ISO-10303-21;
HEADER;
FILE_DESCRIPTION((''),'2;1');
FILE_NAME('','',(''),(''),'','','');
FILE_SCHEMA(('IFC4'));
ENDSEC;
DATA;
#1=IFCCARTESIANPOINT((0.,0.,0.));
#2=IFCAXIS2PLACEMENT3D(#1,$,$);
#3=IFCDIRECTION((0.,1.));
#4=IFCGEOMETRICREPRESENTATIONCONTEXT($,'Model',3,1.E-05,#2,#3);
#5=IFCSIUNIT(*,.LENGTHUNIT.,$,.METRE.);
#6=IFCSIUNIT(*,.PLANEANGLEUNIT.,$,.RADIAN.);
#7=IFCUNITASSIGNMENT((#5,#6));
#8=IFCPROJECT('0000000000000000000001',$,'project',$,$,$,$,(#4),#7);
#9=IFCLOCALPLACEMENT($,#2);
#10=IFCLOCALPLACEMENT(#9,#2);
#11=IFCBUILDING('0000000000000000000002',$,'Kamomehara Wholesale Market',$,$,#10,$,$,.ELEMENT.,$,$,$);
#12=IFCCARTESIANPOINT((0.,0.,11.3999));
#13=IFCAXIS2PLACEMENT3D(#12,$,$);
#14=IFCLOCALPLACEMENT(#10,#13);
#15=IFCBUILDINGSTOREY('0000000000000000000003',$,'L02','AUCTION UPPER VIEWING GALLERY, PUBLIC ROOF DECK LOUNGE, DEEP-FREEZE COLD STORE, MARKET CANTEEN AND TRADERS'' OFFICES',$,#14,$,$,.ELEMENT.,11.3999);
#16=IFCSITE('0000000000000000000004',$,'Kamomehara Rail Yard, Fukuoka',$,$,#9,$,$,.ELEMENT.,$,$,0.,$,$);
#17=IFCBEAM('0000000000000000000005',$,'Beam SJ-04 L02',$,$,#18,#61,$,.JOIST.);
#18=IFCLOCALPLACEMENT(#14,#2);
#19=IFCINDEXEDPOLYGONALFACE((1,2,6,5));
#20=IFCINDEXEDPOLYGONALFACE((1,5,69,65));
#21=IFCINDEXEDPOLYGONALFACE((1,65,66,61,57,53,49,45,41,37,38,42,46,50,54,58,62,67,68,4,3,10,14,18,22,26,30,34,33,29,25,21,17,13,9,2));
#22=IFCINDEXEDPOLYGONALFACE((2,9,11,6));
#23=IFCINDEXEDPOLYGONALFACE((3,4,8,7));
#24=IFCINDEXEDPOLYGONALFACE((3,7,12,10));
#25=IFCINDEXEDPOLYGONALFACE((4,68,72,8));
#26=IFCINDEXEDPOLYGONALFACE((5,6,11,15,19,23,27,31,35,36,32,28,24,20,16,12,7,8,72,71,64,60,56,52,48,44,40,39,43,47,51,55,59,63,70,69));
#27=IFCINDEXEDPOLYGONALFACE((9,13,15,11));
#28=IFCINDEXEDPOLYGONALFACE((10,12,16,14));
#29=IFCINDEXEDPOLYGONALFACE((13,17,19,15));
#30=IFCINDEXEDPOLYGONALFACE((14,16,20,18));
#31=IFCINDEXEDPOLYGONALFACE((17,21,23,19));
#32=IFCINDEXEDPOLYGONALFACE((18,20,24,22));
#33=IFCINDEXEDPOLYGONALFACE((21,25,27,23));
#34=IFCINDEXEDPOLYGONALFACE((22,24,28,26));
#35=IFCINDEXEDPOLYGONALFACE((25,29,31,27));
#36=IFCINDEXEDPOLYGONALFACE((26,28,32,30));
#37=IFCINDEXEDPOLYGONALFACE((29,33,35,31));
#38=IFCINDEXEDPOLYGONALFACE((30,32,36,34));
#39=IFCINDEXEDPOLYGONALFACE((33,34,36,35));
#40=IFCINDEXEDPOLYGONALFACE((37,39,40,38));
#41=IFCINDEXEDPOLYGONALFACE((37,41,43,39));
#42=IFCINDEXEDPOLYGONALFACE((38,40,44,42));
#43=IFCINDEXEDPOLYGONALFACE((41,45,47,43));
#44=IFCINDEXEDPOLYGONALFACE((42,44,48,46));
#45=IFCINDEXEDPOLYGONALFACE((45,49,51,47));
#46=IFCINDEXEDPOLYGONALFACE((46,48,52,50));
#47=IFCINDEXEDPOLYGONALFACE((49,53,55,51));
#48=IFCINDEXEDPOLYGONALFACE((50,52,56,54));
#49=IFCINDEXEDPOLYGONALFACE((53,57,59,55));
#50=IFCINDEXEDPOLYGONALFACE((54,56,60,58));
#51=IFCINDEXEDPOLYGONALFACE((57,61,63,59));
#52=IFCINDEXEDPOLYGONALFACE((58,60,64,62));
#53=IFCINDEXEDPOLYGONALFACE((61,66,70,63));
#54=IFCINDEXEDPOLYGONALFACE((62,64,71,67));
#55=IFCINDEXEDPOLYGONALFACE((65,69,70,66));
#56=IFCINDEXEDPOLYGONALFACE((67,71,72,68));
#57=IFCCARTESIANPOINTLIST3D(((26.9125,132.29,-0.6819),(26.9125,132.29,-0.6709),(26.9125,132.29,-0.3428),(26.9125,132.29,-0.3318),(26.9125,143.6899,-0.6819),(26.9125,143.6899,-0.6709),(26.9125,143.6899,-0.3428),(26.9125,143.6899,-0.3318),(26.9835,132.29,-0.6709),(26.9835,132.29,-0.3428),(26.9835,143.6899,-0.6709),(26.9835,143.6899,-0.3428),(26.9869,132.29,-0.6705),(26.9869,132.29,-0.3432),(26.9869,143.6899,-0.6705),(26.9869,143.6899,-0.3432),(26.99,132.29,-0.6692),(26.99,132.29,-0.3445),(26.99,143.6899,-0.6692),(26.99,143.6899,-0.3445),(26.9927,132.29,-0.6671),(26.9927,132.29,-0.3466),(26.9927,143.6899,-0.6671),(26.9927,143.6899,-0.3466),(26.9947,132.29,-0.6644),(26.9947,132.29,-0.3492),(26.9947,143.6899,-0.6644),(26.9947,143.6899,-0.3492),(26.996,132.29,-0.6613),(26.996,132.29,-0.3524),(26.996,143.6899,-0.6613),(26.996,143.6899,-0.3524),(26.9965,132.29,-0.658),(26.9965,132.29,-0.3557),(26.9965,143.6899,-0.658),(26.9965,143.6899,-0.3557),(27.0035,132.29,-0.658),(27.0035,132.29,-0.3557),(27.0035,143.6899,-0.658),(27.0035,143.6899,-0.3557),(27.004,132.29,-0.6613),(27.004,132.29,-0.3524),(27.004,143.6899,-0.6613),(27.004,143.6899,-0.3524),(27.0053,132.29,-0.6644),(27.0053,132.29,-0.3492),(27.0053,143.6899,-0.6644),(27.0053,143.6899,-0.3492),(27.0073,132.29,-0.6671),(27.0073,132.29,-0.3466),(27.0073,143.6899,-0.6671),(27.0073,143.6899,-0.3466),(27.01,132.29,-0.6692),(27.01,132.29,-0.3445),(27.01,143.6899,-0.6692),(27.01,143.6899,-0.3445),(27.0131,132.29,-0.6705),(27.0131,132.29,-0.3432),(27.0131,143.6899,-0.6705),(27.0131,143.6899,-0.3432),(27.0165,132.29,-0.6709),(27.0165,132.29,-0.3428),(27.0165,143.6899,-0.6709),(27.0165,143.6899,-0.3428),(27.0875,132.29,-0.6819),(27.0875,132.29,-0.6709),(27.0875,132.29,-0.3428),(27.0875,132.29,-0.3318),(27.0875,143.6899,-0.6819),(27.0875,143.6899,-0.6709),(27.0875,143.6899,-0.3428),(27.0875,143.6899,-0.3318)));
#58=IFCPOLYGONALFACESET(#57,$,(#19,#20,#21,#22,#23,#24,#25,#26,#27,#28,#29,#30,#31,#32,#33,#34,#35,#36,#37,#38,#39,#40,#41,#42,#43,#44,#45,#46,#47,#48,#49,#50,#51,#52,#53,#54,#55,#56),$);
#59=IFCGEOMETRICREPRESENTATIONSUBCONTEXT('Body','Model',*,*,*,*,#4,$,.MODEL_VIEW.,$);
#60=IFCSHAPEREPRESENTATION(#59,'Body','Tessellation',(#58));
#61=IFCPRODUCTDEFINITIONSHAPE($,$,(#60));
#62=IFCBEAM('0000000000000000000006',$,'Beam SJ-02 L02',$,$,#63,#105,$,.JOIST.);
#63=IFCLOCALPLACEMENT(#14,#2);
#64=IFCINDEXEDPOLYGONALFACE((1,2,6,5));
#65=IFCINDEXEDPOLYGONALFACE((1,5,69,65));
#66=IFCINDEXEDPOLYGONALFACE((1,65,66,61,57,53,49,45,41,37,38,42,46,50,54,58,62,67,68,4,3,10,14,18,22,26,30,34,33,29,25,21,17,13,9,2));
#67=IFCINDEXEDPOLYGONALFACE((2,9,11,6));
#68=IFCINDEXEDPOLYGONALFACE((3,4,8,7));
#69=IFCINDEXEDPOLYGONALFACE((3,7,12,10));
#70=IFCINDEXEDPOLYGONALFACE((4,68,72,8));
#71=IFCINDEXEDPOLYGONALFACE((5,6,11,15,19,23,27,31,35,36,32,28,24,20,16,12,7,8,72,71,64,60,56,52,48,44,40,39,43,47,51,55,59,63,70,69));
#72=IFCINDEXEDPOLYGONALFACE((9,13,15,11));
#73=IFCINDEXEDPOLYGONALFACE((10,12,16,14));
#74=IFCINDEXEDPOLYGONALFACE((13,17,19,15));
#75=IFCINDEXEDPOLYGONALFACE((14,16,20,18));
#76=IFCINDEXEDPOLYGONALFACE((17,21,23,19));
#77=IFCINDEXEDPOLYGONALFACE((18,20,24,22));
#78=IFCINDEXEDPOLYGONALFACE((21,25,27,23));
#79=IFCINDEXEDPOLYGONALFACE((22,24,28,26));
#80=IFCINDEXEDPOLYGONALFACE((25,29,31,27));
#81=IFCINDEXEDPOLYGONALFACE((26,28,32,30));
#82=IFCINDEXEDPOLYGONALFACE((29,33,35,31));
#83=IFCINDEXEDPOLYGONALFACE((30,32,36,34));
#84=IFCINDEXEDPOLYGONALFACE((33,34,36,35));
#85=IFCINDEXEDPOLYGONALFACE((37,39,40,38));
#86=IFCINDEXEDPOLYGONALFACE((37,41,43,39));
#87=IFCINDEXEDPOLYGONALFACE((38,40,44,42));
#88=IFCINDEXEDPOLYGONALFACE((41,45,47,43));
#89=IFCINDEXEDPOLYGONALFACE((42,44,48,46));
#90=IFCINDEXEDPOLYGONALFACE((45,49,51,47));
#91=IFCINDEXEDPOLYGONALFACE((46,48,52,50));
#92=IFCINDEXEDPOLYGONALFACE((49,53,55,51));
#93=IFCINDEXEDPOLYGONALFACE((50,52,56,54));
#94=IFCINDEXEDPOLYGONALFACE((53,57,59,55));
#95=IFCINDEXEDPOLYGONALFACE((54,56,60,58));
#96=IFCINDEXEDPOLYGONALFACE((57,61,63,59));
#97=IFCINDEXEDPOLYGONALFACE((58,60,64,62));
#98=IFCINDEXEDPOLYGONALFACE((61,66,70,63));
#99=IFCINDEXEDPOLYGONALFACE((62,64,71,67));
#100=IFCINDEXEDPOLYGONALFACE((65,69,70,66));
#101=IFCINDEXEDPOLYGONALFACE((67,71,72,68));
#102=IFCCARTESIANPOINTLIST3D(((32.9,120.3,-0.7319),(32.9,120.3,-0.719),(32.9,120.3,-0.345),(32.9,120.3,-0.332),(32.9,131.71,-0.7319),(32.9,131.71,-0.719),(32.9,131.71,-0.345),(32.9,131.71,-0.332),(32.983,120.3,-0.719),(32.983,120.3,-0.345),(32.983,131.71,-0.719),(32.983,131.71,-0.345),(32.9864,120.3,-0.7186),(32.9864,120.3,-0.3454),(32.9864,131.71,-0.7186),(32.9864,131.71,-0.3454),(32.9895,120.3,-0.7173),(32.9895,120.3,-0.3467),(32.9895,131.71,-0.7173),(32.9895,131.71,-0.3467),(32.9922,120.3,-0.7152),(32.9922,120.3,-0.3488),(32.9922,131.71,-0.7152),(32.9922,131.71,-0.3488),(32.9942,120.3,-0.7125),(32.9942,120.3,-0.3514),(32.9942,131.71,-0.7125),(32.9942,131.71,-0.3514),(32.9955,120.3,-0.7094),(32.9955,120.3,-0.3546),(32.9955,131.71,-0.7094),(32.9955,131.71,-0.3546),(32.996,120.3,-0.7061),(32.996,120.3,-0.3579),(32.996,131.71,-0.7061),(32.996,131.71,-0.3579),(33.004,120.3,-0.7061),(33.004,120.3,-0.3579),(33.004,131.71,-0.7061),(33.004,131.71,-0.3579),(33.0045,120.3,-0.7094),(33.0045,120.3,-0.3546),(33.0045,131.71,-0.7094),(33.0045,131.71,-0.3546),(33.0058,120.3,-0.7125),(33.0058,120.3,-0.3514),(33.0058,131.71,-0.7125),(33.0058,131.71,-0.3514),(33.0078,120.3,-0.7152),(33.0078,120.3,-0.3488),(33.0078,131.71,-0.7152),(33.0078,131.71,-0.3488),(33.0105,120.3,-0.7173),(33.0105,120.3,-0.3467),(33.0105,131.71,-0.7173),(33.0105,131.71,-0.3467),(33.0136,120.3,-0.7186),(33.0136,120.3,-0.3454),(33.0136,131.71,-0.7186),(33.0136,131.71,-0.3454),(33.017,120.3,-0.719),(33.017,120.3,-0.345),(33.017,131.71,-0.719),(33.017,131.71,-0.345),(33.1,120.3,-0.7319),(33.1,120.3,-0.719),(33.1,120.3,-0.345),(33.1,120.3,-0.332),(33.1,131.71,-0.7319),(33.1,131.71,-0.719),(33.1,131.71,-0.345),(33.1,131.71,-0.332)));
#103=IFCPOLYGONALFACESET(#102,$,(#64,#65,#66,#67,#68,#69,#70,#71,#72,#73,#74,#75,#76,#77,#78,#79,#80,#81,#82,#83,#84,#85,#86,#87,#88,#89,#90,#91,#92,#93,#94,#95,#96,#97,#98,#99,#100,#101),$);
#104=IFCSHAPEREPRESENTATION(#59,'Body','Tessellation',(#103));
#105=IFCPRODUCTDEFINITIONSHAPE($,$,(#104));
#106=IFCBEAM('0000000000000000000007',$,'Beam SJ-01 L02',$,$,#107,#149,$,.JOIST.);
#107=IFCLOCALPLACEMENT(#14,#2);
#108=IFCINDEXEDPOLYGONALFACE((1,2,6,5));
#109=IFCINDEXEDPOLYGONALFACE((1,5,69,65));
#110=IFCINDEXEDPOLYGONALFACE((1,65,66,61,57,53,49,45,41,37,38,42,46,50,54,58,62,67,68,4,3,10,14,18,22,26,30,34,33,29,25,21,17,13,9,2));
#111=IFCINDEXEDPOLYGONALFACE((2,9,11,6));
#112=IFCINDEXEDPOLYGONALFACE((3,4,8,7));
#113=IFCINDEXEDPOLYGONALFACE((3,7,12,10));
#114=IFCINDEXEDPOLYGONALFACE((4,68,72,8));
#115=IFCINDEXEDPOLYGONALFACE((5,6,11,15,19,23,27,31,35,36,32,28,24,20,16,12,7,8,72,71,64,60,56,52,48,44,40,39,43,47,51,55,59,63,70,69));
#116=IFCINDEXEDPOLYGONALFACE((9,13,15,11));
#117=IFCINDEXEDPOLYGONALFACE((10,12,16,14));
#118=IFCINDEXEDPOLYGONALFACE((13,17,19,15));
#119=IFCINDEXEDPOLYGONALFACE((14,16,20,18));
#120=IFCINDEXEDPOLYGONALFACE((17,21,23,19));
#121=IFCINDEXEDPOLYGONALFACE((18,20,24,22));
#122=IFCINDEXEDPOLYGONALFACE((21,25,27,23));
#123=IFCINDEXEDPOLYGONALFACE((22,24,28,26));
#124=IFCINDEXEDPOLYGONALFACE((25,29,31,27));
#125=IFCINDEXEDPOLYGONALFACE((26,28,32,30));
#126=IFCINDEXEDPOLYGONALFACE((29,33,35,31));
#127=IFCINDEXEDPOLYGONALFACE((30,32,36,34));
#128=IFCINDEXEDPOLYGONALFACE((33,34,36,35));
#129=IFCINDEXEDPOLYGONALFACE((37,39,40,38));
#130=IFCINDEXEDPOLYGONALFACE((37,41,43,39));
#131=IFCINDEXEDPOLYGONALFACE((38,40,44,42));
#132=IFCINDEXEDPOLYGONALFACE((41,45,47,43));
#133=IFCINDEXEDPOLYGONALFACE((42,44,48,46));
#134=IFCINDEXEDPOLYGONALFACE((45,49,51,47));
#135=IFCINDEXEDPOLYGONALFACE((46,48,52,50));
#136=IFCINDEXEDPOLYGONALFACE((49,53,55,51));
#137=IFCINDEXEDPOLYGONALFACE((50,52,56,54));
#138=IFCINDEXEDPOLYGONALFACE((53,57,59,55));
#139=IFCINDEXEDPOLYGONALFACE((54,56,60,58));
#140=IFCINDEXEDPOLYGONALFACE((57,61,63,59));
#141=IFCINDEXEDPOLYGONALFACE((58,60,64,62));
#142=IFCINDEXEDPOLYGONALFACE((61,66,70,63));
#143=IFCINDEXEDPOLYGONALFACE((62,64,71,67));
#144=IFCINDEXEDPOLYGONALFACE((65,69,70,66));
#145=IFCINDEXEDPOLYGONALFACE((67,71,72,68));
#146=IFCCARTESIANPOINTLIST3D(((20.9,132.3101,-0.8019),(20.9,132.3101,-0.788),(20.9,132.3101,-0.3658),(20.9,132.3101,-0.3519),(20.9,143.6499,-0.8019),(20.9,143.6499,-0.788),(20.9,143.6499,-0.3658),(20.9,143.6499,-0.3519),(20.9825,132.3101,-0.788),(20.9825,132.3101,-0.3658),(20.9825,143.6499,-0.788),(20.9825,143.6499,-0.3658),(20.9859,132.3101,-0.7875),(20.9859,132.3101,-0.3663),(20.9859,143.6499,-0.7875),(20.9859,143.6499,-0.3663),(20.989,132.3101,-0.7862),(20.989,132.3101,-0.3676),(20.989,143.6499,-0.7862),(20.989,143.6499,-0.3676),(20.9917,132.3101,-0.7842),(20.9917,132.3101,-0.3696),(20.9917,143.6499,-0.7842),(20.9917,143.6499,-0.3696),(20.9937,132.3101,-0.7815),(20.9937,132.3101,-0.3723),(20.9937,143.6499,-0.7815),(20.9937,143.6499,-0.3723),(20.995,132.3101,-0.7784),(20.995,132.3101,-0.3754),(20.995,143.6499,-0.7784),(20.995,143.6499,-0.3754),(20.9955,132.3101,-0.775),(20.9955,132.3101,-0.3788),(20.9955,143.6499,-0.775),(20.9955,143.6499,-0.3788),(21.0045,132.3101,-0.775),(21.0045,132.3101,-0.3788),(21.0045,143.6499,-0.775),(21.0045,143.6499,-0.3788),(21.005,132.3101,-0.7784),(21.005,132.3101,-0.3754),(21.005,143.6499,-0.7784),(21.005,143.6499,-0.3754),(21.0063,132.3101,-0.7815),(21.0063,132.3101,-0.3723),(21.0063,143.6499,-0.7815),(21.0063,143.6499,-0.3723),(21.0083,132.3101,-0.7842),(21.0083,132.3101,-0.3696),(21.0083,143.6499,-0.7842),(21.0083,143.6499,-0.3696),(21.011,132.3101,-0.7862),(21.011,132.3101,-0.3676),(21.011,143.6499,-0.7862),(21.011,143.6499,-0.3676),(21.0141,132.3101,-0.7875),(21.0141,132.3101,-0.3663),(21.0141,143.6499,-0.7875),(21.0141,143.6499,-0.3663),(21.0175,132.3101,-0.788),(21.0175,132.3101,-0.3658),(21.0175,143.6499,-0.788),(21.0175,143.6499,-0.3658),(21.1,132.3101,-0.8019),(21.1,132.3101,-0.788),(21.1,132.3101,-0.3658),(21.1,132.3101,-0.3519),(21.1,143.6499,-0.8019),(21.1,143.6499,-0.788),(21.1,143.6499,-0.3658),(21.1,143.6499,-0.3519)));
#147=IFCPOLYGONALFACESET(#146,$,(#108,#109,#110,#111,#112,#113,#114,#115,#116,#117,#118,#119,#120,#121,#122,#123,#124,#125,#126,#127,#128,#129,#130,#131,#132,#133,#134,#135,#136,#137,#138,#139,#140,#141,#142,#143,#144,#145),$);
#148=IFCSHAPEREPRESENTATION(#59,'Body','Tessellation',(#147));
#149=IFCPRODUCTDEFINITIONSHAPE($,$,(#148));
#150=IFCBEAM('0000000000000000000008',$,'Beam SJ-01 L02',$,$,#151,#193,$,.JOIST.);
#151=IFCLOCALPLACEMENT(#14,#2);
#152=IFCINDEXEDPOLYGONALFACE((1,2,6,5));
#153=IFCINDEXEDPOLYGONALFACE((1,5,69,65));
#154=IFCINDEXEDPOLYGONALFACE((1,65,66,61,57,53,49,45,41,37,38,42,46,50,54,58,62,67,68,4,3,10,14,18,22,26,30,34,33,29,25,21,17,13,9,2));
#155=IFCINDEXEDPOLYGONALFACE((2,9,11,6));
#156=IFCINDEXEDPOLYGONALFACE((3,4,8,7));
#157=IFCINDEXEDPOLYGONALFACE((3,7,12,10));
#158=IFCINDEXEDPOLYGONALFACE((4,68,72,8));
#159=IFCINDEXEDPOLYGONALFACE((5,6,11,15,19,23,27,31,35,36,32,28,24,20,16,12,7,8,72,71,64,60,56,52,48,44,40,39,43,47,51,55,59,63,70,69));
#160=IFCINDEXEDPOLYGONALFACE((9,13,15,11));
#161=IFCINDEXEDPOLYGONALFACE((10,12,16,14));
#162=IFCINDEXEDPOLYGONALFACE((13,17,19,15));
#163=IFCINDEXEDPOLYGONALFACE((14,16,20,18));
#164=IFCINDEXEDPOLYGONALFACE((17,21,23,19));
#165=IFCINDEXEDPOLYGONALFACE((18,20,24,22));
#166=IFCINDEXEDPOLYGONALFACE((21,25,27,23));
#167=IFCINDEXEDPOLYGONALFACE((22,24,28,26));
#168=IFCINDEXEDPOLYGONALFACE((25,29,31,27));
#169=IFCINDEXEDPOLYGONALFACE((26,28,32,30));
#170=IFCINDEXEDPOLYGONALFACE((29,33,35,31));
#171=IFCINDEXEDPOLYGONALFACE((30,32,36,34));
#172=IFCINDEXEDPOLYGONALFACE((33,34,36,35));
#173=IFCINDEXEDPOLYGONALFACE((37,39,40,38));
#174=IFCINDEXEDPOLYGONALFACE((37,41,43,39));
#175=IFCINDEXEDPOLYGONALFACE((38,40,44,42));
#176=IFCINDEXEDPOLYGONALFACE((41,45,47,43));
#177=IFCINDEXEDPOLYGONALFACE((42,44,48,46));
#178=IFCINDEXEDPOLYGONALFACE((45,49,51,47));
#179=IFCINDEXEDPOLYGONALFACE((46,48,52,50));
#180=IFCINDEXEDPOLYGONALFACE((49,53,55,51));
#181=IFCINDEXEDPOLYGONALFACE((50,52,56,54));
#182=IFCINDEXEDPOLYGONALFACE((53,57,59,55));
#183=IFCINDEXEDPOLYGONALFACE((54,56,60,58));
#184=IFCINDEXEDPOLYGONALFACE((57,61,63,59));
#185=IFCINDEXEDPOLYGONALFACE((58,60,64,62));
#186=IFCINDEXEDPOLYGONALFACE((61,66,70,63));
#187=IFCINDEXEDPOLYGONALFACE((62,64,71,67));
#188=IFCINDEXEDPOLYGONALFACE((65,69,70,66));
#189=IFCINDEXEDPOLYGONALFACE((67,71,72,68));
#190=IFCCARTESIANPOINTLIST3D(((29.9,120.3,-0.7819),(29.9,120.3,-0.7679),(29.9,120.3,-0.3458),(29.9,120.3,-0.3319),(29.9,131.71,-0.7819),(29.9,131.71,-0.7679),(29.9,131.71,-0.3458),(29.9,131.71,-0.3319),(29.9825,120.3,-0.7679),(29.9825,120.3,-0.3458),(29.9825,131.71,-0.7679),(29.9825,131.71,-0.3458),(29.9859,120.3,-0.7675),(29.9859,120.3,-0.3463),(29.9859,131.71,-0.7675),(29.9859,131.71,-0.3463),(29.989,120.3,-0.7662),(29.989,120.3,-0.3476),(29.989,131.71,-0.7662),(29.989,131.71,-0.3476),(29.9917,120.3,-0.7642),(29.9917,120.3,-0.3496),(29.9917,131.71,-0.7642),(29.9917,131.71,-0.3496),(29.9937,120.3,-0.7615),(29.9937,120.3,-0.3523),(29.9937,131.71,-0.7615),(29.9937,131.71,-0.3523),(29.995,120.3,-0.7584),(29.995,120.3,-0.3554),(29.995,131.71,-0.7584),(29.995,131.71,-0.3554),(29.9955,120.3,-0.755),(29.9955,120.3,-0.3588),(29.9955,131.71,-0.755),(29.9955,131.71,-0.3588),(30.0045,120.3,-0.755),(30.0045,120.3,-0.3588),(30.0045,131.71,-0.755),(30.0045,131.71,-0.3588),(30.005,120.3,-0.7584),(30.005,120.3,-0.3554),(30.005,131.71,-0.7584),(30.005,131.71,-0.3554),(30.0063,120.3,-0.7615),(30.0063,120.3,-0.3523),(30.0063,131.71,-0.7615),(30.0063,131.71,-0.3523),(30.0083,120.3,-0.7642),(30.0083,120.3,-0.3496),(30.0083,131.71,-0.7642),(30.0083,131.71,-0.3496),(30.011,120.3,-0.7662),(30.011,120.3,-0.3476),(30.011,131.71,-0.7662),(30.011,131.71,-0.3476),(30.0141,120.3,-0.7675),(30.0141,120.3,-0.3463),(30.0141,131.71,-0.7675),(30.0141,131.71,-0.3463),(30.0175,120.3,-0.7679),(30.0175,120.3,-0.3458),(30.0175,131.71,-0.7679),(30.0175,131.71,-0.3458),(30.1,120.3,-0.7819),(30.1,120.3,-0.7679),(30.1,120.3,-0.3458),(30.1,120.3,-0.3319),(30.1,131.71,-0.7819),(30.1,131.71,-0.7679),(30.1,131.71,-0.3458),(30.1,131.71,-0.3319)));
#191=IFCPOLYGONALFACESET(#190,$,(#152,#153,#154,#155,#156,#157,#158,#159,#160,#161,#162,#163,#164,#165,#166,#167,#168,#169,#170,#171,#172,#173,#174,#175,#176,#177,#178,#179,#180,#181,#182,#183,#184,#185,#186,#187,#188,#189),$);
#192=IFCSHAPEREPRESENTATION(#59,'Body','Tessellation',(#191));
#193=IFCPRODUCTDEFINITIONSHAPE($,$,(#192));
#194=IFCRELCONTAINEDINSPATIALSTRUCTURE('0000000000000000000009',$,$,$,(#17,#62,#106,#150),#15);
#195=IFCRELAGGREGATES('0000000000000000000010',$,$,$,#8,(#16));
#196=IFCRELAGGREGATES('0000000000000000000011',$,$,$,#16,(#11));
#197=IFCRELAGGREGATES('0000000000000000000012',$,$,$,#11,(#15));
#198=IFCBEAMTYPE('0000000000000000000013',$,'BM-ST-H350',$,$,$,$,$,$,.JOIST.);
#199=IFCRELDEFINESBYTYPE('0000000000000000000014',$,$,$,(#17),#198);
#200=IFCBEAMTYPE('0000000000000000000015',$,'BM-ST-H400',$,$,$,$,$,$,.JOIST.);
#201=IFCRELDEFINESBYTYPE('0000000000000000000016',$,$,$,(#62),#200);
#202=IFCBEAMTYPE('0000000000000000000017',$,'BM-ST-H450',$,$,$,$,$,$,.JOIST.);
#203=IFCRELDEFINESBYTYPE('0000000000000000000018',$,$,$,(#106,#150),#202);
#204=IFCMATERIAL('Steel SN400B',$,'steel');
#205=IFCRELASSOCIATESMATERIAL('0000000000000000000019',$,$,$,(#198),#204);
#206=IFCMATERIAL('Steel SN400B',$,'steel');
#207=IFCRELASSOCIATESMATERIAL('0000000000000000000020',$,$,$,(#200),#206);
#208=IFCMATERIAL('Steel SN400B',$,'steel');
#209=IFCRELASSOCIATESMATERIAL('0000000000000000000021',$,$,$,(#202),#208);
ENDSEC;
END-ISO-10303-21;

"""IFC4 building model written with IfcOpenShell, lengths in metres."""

from ifc_helpers import new_model, si_unit, direction, frame, origin, origin_2d, place, context, subcontext, project, spatial, i_section, extrude, material, material_profile, profile_set, type_object, element, save


model = new_model("IFC4")

# Units and contexts
model_context = context("Model", 3, precision=1e-05, world=origin(), true_north=direction((0.0, 1.0)))
body_context = subcontext(model_context, "Body", "Model", "MODEL_VIEW")
ifc_project = project(units=[si_unit("LENGTHUNIT", "METRE"), si_unit("PLANEANGLEUNIT", "RADIAN")], contexts=[model_context])

# Site, building, storey
site_placement = place(None, origin())
site = spatial("IfcSite", under=ifc_project, at=site_placement, Name="Kamomehara Rail Yard, Fukuoka", CompositionType="ELEMENT", RefElevation=0.0)
building_placement = place(site_placement, origin())
building = spatial("IfcBuilding", under=site, at=building_placement, Name="Kamomehara Wholesale Market", CompositionType="ELEMENT")
storey_placement = place(building_placement, frame((0.0, 0.0, 11.3999)))
storey = spatial("IfcBuildingStorey", under=building, at=storey_placement, Name="L02", Description="AUCTION UPPER VIEWING GALLERY, PUBLIC ROOF DECK LOUNGE, DEEP-FREEZE COLD STORE, MARKET CANTEEN AND TRADERS' OFFICES", CompositionType="ELEMENT", Elevation=11.3999)

# Beams
ifc_material_1 = material(Name="Steel SN400B", Category="steel")
ifc_material_profile_1 = material_profile(ifc_material_1, i_section(OverallWidth=0.175, OverallDepth=0.3501, WebThickness=0.0071, FlangeThickness=0.011, FilletRadius=0.0129, at=origin_2d()), Name="H-350x175x7x11")
ifc_profile_set_1 = profile_set([ifc_material_profile_1], Name="Steel SN400B")
beam_type_1 = type_object("IfcBeamType", Name="BM-ST-H350", PredefinedType="JOIST", material=ifc_profile_set_1)
beam_1_placement = place(storey_placement, frame((27.0, 132.29, -0.5068), z_axis=(0.0, 1.0, 0.0), x_axis=(-1.0, 0.0, 0.0)))
element("IfcBeam", 1, at=beam_1_placement, inside=storey, type_object=beam_type_1, Name="Beam SJ-04 L02", PredefinedType="JOIST", context=body_context, shape_type="SweptSolid", body=[
    extrude(i_section(OverallWidth=0.175, OverallDepth=0.3501, WebThickness=0.0071, FlangeThickness=0.011, FilletRadius=0.0129, at=origin_2d()), origin(), (0.0, 0.0, 1.0), 11.3999),
])
ifc_material_2 = material(Name="Steel SN400B", Category="steel")
ifc_material_profile_2 = material_profile(ifc_material_2, i_section(OverallWidth=0.2, OverallDepth=0.3999, WebThickness=0.0081, FlangeThickness=0.0129, FilletRadius=0.0129, at=origin_2d()), Name="H-400x200x8x13")
ifc_profile_set_2 = profile_set([ifc_material_profile_2], Name="Steel SN400B")
beam_type_2 = type_object("IfcBeamType", Name="BM-ST-H400", PredefinedType="JOIST", material=ifc_profile_set_2)
beam_2_placement = place(storey_placement, frame((33.0, 120.3, -0.532), z_axis=(0.0, 1.0, 0.0), x_axis=(-1.0, 0.0, 0.0)))
element("IfcBeam", 2, at=beam_2_placement, inside=storey, type_object=beam_type_2, Name="Beam SJ-02 L02", PredefinedType="JOIST", context=body_context, shape_type="SweptSolid", body=[
    extrude(i_section(OverallWidth=0.2, OverallDepth=0.3999, WebThickness=0.0081, FlangeThickness=0.0129, FilletRadius=0.0129, at=origin_2d()), origin(), (0.0, 0.0, 1.0), 11.4099),
])
ifc_material_3 = material(Name="Steel SN400B", Category="steel")
ifc_material_profile_3 = material_profile(ifc_material_3, i_section(OverallWidth=0.2, OverallDepth=0.45, WebThickness=0.009, FlangeThickness=0.0139, FilletRadius=0.0129, at=origin_2d()), Name="H-450x200x9x14")
ifc_profile_set_3 = profile_set([ifc_material_profile_3], Name="Steel SN400B")
beam_type_3 = type_object("IfcBeamType", Name="BM-ST-H450", PredefinedType="JOIST", material=ifc_profile_set_3)
beam_3_placement = place(storey_placement, frame((21.0, 132.3101, -0.5769), z_axis=(0.0, 1.0, 0.0), x_axis=(-1.0, 0.0, 0.0)))
element("IfcBeam", 3, at=beam_3_placement, inside=storey, type_object=beam_type_3, Name="Beam SJ-01 L02", PredefinedType="JOIST", context=body_context, shape_type="SweptSolid", body=[
    extrude(i_section(OverallWidth=0.2, OverallDepth=0.45, WebThickness=0.009, FlangeThickness=0.0139, FilletRadius=0.0129, at=origin_2d()), origin(), (0.0, 0.0, 1.0), 11.3398),
])
beam_4_placement = place(storey_placement, frame((30.0, 120.3, -0.5569), z_axis=(0.0, 1.0, 0.0), x_axis=(-1.0, 0.0, 0.0)))
element("IfcBeam", 4, at=beam_4_placement, inside=storey, type_object=beam_type_3, Name="Beam SJ-01 L02", PredefinedType="JOIST", context=body_context, shape_type="SweptSolid", body=[
    extrude(i_section(OverallWidth=0.2, OverallDepth=0.45, WebThickness=0.009, FlangeThickness=0.0139, FilletRadius=0.0129, at=origin_2d()), origin(), (0.0, 0.0, 1.0), 11.4099),
])

save(model, "model.ifc")
